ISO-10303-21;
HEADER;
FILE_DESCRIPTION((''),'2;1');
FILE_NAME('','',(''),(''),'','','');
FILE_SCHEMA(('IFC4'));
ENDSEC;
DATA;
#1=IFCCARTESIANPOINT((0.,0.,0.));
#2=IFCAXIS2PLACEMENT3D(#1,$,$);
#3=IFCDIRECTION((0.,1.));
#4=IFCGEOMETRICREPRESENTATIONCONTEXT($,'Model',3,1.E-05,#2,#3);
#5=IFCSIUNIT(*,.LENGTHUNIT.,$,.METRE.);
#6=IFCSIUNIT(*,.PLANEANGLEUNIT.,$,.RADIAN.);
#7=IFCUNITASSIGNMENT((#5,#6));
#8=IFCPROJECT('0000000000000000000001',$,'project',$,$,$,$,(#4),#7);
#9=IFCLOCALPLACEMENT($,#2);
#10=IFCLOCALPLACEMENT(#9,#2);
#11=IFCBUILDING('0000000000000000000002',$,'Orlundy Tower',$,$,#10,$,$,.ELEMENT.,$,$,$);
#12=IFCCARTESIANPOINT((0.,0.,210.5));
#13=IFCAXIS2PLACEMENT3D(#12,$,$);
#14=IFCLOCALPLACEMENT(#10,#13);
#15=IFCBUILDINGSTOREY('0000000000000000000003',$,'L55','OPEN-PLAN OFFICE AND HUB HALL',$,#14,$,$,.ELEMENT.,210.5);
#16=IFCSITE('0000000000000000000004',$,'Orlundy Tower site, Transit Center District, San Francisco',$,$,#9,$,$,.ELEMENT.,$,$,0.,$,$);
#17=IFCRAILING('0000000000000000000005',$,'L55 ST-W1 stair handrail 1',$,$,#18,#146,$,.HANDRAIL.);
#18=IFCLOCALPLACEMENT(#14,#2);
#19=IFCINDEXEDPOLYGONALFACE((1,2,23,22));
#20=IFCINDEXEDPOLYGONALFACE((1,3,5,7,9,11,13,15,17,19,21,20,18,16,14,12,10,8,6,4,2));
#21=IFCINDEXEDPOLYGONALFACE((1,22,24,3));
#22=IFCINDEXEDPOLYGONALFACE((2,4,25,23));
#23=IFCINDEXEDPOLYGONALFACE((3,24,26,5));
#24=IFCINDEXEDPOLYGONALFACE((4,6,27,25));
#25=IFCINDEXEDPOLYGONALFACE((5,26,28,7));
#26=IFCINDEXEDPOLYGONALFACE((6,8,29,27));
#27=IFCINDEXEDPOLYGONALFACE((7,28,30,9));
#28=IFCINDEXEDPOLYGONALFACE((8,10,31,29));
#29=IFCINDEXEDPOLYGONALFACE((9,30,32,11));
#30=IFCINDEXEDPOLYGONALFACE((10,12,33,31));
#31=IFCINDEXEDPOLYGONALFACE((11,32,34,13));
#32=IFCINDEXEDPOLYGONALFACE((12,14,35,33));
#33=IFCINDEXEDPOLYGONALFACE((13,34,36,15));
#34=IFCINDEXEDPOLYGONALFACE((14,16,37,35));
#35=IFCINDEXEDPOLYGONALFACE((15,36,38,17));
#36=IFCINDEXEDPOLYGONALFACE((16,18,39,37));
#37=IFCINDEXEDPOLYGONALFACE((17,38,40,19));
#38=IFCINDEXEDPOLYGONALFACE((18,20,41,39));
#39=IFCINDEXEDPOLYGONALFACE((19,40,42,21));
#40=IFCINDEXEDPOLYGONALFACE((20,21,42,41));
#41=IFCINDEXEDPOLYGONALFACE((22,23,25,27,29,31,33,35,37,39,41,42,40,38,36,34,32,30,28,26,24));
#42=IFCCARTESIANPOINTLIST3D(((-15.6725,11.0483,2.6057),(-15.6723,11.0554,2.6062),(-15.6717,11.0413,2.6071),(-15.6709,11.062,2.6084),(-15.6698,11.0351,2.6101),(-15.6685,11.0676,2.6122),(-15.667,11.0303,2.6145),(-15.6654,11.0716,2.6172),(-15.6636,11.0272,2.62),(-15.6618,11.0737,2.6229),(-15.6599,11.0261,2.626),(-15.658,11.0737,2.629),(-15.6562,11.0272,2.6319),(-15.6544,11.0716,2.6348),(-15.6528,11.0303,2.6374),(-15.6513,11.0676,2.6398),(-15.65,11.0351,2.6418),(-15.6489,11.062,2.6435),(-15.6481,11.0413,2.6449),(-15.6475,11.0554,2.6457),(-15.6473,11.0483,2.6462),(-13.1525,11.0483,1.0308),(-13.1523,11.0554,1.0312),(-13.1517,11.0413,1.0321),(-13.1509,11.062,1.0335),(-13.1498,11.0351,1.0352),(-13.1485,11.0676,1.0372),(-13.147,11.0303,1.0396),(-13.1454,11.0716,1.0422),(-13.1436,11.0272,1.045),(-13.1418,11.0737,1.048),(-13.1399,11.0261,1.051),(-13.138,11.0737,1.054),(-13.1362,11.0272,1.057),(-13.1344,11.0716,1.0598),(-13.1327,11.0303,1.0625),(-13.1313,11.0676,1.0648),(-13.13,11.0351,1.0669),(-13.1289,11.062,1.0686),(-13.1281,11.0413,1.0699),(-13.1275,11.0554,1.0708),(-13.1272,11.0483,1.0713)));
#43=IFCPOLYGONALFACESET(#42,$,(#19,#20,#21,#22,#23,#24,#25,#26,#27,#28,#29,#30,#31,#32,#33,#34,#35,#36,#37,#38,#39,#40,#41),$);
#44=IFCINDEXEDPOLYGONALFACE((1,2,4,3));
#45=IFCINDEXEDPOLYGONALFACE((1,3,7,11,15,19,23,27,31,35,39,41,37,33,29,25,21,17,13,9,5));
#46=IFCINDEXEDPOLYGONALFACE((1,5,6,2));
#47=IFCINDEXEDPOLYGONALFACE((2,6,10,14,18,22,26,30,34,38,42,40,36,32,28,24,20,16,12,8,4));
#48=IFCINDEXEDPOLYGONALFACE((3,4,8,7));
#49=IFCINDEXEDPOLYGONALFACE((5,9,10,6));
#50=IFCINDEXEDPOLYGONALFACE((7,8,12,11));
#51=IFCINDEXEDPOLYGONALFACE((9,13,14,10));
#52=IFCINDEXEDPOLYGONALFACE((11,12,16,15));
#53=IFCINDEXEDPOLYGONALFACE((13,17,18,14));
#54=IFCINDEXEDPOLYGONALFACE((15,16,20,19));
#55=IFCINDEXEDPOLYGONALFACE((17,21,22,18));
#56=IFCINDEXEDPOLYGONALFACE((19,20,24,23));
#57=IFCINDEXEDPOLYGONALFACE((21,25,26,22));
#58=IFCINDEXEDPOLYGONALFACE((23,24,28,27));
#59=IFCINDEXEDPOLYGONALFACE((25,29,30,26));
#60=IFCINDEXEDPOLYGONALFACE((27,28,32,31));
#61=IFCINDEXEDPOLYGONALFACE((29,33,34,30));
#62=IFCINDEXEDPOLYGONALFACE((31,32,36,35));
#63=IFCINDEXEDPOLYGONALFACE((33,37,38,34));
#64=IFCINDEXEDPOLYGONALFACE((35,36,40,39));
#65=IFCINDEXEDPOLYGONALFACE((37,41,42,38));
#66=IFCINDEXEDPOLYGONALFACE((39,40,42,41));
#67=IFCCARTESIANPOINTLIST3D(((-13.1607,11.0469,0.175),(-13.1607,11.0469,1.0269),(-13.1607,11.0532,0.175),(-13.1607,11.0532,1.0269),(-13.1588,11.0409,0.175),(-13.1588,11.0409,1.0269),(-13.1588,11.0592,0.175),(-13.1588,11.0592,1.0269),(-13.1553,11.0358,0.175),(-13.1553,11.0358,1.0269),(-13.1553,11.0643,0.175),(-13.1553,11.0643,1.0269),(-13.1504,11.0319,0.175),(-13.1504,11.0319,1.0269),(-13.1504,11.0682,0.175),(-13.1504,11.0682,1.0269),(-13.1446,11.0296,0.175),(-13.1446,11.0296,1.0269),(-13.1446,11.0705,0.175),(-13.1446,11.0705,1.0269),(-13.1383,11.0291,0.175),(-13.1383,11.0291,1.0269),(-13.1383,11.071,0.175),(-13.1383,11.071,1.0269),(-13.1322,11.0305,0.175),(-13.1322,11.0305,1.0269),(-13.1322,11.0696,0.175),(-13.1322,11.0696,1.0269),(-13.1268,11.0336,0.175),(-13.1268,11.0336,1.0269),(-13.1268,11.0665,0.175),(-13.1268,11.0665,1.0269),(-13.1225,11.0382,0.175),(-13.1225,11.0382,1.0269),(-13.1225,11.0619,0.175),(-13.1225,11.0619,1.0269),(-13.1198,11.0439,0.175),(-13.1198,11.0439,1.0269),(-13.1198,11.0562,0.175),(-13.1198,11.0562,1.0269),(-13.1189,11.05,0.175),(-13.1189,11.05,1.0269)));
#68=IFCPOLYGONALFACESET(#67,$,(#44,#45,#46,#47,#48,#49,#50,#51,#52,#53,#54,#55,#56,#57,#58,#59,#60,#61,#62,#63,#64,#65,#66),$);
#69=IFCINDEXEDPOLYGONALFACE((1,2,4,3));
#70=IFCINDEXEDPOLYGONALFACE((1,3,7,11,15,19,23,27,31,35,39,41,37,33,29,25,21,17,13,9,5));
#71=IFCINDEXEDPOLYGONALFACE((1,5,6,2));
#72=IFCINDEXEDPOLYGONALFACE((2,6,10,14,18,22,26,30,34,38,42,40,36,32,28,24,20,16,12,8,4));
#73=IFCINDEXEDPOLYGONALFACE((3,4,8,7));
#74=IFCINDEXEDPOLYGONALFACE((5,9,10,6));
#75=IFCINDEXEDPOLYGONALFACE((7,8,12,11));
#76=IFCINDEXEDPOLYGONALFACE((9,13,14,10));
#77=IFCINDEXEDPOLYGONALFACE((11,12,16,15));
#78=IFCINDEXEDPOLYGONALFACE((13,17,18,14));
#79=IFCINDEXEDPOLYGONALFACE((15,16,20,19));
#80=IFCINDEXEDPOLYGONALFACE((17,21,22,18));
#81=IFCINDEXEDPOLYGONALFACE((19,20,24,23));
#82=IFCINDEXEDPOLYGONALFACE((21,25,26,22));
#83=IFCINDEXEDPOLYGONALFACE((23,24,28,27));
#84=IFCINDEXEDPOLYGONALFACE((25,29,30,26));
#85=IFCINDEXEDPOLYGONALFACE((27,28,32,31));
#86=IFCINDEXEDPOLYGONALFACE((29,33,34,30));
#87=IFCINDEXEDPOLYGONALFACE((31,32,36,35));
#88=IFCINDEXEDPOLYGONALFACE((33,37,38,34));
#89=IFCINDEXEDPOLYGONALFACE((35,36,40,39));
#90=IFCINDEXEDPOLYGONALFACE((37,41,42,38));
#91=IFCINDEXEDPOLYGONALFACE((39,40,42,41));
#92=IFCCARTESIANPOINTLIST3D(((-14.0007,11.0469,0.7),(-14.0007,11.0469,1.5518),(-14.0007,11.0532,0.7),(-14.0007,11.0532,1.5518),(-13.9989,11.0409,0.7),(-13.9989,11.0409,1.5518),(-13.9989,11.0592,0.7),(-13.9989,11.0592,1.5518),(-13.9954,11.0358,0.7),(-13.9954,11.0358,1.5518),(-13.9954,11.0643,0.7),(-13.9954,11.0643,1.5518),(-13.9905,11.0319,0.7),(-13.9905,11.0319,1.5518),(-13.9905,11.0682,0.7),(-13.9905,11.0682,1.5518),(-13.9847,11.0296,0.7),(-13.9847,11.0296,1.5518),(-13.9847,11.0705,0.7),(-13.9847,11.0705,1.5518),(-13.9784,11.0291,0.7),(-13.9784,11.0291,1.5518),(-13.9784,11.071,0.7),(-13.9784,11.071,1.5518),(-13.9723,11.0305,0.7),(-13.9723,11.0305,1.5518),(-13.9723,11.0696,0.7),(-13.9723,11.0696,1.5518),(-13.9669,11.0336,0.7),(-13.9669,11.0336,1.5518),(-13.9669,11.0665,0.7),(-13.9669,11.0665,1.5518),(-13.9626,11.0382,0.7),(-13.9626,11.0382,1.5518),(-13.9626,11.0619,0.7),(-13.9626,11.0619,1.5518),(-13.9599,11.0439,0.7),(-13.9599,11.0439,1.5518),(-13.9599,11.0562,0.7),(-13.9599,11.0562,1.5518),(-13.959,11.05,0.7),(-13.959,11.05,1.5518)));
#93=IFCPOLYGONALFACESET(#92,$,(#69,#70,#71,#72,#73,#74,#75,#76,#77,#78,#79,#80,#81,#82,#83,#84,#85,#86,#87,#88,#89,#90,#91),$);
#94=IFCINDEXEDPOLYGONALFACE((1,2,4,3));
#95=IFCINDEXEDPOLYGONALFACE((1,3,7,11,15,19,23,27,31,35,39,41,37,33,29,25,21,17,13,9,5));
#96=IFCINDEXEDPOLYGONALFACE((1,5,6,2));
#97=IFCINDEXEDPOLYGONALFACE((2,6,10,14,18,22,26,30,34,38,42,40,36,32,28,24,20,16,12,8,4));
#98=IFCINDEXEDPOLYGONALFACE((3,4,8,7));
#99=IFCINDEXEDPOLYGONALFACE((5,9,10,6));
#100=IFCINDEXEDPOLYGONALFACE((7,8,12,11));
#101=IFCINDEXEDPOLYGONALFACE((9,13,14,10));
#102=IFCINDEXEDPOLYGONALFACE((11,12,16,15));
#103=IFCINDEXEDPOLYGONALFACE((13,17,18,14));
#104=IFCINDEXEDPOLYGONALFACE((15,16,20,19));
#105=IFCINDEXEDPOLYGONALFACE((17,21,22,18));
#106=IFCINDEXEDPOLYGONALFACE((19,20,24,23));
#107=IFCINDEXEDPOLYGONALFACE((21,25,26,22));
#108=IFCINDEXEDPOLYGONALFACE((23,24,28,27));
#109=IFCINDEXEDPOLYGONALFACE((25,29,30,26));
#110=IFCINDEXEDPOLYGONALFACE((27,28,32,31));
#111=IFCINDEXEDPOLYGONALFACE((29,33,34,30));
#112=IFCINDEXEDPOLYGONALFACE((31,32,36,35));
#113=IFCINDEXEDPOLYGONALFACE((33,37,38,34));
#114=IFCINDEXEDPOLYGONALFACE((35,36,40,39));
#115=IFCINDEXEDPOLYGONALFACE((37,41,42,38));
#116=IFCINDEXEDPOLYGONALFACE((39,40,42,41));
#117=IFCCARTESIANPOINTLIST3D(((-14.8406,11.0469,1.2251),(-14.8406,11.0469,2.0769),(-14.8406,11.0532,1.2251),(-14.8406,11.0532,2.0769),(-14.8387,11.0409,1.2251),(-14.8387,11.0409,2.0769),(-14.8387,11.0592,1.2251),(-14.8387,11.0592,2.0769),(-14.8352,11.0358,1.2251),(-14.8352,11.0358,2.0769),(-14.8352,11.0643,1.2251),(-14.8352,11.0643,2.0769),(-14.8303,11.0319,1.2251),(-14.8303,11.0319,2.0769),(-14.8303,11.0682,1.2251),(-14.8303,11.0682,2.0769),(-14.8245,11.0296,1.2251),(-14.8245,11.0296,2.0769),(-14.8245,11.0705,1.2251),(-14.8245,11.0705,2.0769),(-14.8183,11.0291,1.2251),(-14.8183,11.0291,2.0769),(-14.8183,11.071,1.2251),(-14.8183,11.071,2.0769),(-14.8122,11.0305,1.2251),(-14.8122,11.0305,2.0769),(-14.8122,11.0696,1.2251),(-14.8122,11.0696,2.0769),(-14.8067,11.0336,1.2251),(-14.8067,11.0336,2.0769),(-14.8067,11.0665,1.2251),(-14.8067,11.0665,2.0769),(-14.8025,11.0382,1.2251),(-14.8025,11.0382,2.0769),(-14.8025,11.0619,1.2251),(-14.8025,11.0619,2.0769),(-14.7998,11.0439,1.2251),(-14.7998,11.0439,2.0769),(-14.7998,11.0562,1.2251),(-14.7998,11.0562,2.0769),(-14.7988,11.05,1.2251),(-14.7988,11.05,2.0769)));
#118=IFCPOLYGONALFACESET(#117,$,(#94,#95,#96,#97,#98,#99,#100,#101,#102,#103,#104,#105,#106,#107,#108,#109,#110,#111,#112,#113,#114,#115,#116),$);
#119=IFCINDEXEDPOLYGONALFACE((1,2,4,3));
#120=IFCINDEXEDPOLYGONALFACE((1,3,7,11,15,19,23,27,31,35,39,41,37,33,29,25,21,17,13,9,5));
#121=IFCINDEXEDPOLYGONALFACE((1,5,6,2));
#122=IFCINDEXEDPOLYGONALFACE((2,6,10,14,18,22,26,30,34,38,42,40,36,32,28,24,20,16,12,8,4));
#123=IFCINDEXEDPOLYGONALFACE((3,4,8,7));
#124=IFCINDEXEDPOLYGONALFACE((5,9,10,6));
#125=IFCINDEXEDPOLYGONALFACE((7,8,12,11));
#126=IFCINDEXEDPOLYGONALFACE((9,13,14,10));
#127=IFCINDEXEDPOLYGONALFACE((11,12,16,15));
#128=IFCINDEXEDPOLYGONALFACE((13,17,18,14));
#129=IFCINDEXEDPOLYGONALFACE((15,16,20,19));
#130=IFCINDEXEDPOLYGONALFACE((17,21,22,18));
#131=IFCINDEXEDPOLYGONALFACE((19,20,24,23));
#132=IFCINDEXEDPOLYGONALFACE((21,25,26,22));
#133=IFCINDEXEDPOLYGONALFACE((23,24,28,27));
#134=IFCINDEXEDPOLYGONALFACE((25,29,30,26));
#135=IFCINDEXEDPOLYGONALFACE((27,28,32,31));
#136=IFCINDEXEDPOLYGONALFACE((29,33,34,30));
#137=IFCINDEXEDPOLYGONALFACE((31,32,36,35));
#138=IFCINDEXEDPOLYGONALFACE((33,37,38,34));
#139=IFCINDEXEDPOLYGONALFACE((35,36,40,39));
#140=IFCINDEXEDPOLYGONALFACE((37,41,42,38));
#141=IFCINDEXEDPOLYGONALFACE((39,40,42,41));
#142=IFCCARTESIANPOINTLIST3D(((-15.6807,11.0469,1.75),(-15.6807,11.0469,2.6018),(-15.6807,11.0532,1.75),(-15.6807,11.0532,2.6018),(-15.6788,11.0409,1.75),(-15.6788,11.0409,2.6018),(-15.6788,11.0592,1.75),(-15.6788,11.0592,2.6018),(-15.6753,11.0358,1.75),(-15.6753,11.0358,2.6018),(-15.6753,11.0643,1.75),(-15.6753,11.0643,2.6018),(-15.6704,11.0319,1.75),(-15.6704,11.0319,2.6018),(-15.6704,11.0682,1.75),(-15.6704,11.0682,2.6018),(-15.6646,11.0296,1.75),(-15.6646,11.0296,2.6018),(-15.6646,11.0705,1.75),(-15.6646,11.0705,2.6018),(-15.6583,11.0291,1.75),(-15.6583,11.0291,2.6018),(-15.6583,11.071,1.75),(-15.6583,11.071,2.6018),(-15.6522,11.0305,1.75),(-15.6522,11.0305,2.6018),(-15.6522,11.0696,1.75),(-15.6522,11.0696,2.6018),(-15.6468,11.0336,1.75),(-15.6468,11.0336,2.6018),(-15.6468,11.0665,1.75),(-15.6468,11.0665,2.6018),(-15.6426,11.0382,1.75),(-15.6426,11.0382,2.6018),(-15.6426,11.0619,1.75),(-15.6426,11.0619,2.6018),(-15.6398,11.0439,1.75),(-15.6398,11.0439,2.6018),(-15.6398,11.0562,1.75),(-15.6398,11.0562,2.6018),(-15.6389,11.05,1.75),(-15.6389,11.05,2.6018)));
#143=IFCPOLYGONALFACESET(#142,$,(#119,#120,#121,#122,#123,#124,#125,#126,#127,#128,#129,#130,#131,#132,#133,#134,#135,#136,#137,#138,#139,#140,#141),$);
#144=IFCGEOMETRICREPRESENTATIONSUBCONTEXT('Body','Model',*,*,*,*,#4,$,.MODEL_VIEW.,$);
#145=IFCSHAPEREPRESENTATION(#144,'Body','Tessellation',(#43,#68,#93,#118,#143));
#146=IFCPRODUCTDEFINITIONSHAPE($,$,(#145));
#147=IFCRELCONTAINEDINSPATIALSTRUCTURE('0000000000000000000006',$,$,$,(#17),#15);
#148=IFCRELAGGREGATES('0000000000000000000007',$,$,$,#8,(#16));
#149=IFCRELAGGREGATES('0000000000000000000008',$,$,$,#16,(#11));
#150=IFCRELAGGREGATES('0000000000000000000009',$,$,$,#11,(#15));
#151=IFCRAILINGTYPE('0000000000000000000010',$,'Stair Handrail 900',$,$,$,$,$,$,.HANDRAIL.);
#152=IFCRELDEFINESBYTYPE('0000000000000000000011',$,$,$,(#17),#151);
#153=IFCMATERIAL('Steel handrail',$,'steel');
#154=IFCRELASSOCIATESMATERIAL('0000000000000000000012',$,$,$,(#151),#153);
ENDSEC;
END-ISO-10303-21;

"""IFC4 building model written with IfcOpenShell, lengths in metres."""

from ifc_helpers import new_model, si_unit, direction, frame, origin, origin_2d, place, context, subcontext, project, spatial, circle, extrude, material, type_object, element, save


model = new_model("IFC4")

# Units and contexts
model_context = context("Model", 3, precision=1e-05, world=origin(), true_north=direction((0.0, 1.0)))
body_context = subcontext(model_context, "Body", "Model", "MODEL_VIEW")
ifc_project = project(units=[si_unit("LENGTHUNIT", "METRE"), si_unit("PLANEANGLEUNIT", "RADIAN")], contexts=[model_context])

# Site, building, storey
site_placement = place(None, origin())
site = spatial("IfcSite", under=ifc_project, at=site_placement, Name="Orlundy Tower site, Transit Center District, San Francisco", CompositionType="ELEMENT", RefElevation=0.0)
building_placement = place(site_placement, origin())
building = spatial("IfcBuilding", under=site, at=building_placement, Name="Orlundy Tower", CompositionType="ELEMENT")
storey_placement = place(building_placement, frame((0.0, 0.0, 210.5)))
storey = spatial("IfcBuildingStorey", under=building, at=storey_placement, Name="L55", Description="OPEN-PLAN OFFICE AND HUB HALL", CompositionType="ELEMENT", Elevation=210.5)

# Railing
ifc_material_1 = material(Name="Steel handrail", Category="steel")
railing_type_1 = type_object("IfcRailingType", Name="Stair Handrail 900", PredefinedType="HANDRAIL", material=ifc_material_1)
railing_1_placement = place(storey_placement, frame((-13.1399, 11.05, 0.175)))
element("IfcRailing", 1, at=railing_1_placement, inside=storey, type_object=railing_type_1, Name="L55 ST-W1 stair handrail 1", PredefinedType="HANDRAIL", context=body_context, shape_type="SweptSolid", body=[
    extrude(circle(Radius=0.0239, at=origin_2d()), frame((0.0, 0.0, 0.876), z_axis=(-0.848008, 0.0, 0.529984), x_axis=(0.0, -1.0, 0.0)), (0.0, 0.0, 1.0), 2.9717),
    extrude(circle(Radius=0.021, at=origin_2d()), origin(), (0.0, 0.0, 1.0), 0.8518),
    extrude(circle(Radius=0.021, at=origin_2d()), frame((-0.8401, 0.0, 0.5249)), (0.0, 0.0, 1.0), 0.8518),
    extrude(circle(Radius=0.021, at=origin_2d()), frame((-1.6799, 0.0, 1.05)), (0.0, 0.0, 1.0), 0.8518),
    extrude(circle(Radius=0.021, at=origin_2d()), frame((-2.52, 0.0, 1.575)), (0.0, 0.0, 1.0), 0.8518),
])

save(model, "model.ifc")
